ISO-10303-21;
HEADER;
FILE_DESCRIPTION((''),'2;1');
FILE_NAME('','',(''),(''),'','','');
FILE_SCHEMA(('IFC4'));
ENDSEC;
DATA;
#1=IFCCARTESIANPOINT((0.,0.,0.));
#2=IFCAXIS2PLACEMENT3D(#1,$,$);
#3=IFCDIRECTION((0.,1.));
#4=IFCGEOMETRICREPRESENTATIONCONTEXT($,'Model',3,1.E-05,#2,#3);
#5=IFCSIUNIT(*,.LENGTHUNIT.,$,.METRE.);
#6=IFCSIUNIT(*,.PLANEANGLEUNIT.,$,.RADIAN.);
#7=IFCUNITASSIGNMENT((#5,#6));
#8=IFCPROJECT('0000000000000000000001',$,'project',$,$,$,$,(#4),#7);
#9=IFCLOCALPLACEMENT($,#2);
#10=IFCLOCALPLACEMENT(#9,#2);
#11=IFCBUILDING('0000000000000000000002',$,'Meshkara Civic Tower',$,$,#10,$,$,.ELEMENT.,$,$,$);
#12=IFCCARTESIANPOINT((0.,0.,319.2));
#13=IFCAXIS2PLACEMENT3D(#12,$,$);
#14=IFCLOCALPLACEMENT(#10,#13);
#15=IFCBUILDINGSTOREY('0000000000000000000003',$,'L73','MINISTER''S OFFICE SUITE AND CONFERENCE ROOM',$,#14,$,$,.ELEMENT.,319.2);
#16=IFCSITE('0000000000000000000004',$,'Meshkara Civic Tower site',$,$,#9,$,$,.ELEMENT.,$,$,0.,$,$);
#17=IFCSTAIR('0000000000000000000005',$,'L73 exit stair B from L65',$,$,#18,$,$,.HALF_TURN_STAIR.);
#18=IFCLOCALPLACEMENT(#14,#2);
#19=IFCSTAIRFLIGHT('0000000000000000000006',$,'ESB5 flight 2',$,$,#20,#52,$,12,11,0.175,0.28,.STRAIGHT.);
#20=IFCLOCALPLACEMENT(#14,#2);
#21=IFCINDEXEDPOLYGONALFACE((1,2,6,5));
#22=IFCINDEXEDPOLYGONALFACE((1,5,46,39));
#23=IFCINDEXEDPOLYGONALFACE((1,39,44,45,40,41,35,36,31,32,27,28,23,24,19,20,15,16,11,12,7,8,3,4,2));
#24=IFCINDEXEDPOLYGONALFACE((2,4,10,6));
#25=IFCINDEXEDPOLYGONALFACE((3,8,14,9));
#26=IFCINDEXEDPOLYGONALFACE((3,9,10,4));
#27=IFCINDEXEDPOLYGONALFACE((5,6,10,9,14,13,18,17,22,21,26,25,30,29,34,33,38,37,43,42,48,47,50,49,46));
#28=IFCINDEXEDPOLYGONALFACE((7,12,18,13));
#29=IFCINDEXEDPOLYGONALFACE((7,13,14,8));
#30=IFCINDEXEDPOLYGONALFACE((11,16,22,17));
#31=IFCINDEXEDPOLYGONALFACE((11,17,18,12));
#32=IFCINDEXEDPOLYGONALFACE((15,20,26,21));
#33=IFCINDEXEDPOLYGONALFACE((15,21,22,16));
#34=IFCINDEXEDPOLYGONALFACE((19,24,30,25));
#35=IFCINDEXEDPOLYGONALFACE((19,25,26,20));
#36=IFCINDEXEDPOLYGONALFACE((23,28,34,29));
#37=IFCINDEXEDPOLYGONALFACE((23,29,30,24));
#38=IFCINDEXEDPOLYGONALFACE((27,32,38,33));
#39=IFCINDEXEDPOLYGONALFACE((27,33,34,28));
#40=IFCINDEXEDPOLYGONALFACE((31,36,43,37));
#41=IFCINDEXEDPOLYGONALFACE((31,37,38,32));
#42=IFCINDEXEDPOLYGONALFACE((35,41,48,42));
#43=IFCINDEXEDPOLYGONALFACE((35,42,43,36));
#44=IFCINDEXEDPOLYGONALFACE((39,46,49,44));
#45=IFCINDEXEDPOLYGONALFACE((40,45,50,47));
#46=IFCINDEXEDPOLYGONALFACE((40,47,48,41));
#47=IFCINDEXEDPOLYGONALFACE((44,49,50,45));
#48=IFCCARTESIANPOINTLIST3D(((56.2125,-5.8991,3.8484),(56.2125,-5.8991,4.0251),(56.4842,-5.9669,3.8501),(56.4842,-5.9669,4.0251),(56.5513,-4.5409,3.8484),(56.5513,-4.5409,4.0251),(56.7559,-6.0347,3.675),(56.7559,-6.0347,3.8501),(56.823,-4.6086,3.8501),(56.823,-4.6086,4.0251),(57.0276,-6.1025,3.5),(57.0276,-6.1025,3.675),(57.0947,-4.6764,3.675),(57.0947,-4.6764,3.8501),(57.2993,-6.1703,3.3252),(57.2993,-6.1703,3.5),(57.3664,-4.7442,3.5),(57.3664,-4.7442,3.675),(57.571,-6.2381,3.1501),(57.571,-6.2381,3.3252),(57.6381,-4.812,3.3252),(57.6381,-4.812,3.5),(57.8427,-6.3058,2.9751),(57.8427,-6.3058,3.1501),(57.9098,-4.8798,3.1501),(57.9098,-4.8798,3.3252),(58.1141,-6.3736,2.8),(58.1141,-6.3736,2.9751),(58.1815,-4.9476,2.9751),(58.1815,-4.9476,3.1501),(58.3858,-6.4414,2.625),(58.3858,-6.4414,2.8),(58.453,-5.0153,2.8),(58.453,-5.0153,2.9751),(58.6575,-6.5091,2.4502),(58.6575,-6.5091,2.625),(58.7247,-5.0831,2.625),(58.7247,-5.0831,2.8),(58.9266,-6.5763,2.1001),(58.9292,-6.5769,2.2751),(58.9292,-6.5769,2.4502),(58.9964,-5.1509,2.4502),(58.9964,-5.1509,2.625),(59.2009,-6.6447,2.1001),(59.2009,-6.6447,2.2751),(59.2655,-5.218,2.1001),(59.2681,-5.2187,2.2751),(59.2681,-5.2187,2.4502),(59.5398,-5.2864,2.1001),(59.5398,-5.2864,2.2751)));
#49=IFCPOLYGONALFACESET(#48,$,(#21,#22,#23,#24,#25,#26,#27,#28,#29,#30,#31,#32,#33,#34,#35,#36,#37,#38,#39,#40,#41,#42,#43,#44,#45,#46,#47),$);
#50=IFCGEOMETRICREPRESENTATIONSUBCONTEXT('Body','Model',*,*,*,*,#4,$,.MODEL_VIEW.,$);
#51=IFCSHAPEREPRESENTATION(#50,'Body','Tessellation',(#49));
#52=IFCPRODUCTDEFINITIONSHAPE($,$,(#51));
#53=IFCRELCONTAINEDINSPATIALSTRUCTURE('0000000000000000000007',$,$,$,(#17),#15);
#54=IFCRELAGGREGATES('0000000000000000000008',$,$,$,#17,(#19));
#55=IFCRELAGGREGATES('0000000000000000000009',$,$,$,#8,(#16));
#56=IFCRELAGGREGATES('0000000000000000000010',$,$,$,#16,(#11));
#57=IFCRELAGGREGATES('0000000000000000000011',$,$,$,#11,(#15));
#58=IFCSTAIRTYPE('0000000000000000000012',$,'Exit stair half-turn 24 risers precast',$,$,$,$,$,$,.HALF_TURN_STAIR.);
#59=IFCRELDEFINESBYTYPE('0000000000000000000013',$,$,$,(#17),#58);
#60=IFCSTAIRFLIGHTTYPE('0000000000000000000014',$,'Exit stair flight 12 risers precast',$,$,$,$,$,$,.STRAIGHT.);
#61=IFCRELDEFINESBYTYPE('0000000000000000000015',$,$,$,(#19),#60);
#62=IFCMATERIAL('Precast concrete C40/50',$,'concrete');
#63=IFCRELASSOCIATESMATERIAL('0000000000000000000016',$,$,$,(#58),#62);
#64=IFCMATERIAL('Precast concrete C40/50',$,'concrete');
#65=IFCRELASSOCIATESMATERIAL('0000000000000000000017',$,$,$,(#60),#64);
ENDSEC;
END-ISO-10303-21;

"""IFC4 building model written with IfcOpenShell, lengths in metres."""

from ifc_helpers import new_model, si_unit, direction, frame, origin, place, context, subcontext, project, spatial, polyline, outline, extrude, material, type_object, element, aggregate, save


model = new_model("IFC4")

# Units and contexts
model_context = context("Model", 3, precision=1e-05, world=origin(), true_north=direction((0.0, 1.0)))
body_context = subcontext(model_context, "Body", "Model", "MODEL_VIEW")
ifc_project = project(units=[si_unit("LENGTHUNIT", "METRE"), si_unit("PLANEANGLEUNIT", "RADIAN")], contexts=[model_context])

# Site, building, storey
site_placement = place(None, origin())
site = spatial("IfcSite", under=ifc_project, at=site_placement, Name="Meshkara Civic Tower site", CompositionType="ELEMENT", RefElevation=0.0)
building_placement = place(site_placement, origin())
building = spatial("IfcBuilding", under=site, at=building_placement, Name="Meshkara Civic Tower", CompositionType="ELEMENT")
storey_placement = place(building_placement, frame((0.0, 0.0, 319.2)))
storey = spatial("IfcBuildingStorey", under=building, at=storey_placement, Name="L73", Description="MINISTER'S OFFICE SUITE AND CONFERENCE ROOM", CompositionType="ELEMENT", Elevation=319.2)

# Stair, stair flight
ifc_material_1 = material(Name="Precast concrete C40/50", Category="concrete")
stair_type = type_object("IfcStairType", Name="Exit stair half-turn 24 risers precast", PredefinedType="HALF_TURN_STAIR", material=ifc_material_1)
stair_placement = place(storey_placement, origin())
stair = element("IfcStair", 1, at=stair_placement, inside=storey, type_object=stair_type, Name="L73 exit stair B from L65", PredefinedType="HALF_TURN_STAIR")
ifc_material_2 = material(Name="Precast concrete C40/50", Category="concrete")
stair_flight_type = type_object("IfcStairFlightType", Name="Exit stair flight 12 risers precast", PredefinedType="STRAIGHT", material=ifc_material_2)
stair_flight_1_placement = place(storey_placement, frame((59.3704, -5.9656, 2.1001), z_axis=(0.0, 0.0, 1.0), x_axis=(-0.97026, 0.242065, 0.0)))
stair_flight_1 = element("IfcStairFlight", 2, at=stair_flight_1_placement, type_object=stair_flight_type, Name="ESB5 flight 2", NumberOfRisers=12, NumberOfTreads=11, PredefinedType="STRAIGHT", RiserHeight=0.175, TreadLength=0.28, context=body_context, shape_type="SweptSolid", body=[
    extrude(outline(polyline([(0.0, 0.0), (0.0, 0.175), (0.28, 0.175), (0.28, 0.3501), (0.5601, 0.3501), (0.5601, 0.5249), (0.8401, 0.5249), (0.8401, 0.7), (1.1201, 0.7), (1.1201, 0.875), (1.3999, 0.875), (1.3999, 1.05), (1.6799, 1.05), (1.6799, 1.2251), (1.96, 1.2251), (1.96, 1.3999), (2.24, 1.3999), (2.24, 1.575), (2.52, 1.575), (2.52, 1.75), (2.8, 1.75), (2.8, 1.925), (3.0801, 1.925), (3.0801, 2.1001), (3.0801, 1.7483), (0.2827, 0.0), (0.0, 0.0)])), frame((0.0, 0.7, 0.0), z_axis=(0.0, -1.0, 0.0), x_axis=(1.0, 0.0, 0.0)), (0.0, 0.0, 1.0), 1.3999),
])
aggregate(stair, [stair_flight_1])

save(model, "model.ifc")
